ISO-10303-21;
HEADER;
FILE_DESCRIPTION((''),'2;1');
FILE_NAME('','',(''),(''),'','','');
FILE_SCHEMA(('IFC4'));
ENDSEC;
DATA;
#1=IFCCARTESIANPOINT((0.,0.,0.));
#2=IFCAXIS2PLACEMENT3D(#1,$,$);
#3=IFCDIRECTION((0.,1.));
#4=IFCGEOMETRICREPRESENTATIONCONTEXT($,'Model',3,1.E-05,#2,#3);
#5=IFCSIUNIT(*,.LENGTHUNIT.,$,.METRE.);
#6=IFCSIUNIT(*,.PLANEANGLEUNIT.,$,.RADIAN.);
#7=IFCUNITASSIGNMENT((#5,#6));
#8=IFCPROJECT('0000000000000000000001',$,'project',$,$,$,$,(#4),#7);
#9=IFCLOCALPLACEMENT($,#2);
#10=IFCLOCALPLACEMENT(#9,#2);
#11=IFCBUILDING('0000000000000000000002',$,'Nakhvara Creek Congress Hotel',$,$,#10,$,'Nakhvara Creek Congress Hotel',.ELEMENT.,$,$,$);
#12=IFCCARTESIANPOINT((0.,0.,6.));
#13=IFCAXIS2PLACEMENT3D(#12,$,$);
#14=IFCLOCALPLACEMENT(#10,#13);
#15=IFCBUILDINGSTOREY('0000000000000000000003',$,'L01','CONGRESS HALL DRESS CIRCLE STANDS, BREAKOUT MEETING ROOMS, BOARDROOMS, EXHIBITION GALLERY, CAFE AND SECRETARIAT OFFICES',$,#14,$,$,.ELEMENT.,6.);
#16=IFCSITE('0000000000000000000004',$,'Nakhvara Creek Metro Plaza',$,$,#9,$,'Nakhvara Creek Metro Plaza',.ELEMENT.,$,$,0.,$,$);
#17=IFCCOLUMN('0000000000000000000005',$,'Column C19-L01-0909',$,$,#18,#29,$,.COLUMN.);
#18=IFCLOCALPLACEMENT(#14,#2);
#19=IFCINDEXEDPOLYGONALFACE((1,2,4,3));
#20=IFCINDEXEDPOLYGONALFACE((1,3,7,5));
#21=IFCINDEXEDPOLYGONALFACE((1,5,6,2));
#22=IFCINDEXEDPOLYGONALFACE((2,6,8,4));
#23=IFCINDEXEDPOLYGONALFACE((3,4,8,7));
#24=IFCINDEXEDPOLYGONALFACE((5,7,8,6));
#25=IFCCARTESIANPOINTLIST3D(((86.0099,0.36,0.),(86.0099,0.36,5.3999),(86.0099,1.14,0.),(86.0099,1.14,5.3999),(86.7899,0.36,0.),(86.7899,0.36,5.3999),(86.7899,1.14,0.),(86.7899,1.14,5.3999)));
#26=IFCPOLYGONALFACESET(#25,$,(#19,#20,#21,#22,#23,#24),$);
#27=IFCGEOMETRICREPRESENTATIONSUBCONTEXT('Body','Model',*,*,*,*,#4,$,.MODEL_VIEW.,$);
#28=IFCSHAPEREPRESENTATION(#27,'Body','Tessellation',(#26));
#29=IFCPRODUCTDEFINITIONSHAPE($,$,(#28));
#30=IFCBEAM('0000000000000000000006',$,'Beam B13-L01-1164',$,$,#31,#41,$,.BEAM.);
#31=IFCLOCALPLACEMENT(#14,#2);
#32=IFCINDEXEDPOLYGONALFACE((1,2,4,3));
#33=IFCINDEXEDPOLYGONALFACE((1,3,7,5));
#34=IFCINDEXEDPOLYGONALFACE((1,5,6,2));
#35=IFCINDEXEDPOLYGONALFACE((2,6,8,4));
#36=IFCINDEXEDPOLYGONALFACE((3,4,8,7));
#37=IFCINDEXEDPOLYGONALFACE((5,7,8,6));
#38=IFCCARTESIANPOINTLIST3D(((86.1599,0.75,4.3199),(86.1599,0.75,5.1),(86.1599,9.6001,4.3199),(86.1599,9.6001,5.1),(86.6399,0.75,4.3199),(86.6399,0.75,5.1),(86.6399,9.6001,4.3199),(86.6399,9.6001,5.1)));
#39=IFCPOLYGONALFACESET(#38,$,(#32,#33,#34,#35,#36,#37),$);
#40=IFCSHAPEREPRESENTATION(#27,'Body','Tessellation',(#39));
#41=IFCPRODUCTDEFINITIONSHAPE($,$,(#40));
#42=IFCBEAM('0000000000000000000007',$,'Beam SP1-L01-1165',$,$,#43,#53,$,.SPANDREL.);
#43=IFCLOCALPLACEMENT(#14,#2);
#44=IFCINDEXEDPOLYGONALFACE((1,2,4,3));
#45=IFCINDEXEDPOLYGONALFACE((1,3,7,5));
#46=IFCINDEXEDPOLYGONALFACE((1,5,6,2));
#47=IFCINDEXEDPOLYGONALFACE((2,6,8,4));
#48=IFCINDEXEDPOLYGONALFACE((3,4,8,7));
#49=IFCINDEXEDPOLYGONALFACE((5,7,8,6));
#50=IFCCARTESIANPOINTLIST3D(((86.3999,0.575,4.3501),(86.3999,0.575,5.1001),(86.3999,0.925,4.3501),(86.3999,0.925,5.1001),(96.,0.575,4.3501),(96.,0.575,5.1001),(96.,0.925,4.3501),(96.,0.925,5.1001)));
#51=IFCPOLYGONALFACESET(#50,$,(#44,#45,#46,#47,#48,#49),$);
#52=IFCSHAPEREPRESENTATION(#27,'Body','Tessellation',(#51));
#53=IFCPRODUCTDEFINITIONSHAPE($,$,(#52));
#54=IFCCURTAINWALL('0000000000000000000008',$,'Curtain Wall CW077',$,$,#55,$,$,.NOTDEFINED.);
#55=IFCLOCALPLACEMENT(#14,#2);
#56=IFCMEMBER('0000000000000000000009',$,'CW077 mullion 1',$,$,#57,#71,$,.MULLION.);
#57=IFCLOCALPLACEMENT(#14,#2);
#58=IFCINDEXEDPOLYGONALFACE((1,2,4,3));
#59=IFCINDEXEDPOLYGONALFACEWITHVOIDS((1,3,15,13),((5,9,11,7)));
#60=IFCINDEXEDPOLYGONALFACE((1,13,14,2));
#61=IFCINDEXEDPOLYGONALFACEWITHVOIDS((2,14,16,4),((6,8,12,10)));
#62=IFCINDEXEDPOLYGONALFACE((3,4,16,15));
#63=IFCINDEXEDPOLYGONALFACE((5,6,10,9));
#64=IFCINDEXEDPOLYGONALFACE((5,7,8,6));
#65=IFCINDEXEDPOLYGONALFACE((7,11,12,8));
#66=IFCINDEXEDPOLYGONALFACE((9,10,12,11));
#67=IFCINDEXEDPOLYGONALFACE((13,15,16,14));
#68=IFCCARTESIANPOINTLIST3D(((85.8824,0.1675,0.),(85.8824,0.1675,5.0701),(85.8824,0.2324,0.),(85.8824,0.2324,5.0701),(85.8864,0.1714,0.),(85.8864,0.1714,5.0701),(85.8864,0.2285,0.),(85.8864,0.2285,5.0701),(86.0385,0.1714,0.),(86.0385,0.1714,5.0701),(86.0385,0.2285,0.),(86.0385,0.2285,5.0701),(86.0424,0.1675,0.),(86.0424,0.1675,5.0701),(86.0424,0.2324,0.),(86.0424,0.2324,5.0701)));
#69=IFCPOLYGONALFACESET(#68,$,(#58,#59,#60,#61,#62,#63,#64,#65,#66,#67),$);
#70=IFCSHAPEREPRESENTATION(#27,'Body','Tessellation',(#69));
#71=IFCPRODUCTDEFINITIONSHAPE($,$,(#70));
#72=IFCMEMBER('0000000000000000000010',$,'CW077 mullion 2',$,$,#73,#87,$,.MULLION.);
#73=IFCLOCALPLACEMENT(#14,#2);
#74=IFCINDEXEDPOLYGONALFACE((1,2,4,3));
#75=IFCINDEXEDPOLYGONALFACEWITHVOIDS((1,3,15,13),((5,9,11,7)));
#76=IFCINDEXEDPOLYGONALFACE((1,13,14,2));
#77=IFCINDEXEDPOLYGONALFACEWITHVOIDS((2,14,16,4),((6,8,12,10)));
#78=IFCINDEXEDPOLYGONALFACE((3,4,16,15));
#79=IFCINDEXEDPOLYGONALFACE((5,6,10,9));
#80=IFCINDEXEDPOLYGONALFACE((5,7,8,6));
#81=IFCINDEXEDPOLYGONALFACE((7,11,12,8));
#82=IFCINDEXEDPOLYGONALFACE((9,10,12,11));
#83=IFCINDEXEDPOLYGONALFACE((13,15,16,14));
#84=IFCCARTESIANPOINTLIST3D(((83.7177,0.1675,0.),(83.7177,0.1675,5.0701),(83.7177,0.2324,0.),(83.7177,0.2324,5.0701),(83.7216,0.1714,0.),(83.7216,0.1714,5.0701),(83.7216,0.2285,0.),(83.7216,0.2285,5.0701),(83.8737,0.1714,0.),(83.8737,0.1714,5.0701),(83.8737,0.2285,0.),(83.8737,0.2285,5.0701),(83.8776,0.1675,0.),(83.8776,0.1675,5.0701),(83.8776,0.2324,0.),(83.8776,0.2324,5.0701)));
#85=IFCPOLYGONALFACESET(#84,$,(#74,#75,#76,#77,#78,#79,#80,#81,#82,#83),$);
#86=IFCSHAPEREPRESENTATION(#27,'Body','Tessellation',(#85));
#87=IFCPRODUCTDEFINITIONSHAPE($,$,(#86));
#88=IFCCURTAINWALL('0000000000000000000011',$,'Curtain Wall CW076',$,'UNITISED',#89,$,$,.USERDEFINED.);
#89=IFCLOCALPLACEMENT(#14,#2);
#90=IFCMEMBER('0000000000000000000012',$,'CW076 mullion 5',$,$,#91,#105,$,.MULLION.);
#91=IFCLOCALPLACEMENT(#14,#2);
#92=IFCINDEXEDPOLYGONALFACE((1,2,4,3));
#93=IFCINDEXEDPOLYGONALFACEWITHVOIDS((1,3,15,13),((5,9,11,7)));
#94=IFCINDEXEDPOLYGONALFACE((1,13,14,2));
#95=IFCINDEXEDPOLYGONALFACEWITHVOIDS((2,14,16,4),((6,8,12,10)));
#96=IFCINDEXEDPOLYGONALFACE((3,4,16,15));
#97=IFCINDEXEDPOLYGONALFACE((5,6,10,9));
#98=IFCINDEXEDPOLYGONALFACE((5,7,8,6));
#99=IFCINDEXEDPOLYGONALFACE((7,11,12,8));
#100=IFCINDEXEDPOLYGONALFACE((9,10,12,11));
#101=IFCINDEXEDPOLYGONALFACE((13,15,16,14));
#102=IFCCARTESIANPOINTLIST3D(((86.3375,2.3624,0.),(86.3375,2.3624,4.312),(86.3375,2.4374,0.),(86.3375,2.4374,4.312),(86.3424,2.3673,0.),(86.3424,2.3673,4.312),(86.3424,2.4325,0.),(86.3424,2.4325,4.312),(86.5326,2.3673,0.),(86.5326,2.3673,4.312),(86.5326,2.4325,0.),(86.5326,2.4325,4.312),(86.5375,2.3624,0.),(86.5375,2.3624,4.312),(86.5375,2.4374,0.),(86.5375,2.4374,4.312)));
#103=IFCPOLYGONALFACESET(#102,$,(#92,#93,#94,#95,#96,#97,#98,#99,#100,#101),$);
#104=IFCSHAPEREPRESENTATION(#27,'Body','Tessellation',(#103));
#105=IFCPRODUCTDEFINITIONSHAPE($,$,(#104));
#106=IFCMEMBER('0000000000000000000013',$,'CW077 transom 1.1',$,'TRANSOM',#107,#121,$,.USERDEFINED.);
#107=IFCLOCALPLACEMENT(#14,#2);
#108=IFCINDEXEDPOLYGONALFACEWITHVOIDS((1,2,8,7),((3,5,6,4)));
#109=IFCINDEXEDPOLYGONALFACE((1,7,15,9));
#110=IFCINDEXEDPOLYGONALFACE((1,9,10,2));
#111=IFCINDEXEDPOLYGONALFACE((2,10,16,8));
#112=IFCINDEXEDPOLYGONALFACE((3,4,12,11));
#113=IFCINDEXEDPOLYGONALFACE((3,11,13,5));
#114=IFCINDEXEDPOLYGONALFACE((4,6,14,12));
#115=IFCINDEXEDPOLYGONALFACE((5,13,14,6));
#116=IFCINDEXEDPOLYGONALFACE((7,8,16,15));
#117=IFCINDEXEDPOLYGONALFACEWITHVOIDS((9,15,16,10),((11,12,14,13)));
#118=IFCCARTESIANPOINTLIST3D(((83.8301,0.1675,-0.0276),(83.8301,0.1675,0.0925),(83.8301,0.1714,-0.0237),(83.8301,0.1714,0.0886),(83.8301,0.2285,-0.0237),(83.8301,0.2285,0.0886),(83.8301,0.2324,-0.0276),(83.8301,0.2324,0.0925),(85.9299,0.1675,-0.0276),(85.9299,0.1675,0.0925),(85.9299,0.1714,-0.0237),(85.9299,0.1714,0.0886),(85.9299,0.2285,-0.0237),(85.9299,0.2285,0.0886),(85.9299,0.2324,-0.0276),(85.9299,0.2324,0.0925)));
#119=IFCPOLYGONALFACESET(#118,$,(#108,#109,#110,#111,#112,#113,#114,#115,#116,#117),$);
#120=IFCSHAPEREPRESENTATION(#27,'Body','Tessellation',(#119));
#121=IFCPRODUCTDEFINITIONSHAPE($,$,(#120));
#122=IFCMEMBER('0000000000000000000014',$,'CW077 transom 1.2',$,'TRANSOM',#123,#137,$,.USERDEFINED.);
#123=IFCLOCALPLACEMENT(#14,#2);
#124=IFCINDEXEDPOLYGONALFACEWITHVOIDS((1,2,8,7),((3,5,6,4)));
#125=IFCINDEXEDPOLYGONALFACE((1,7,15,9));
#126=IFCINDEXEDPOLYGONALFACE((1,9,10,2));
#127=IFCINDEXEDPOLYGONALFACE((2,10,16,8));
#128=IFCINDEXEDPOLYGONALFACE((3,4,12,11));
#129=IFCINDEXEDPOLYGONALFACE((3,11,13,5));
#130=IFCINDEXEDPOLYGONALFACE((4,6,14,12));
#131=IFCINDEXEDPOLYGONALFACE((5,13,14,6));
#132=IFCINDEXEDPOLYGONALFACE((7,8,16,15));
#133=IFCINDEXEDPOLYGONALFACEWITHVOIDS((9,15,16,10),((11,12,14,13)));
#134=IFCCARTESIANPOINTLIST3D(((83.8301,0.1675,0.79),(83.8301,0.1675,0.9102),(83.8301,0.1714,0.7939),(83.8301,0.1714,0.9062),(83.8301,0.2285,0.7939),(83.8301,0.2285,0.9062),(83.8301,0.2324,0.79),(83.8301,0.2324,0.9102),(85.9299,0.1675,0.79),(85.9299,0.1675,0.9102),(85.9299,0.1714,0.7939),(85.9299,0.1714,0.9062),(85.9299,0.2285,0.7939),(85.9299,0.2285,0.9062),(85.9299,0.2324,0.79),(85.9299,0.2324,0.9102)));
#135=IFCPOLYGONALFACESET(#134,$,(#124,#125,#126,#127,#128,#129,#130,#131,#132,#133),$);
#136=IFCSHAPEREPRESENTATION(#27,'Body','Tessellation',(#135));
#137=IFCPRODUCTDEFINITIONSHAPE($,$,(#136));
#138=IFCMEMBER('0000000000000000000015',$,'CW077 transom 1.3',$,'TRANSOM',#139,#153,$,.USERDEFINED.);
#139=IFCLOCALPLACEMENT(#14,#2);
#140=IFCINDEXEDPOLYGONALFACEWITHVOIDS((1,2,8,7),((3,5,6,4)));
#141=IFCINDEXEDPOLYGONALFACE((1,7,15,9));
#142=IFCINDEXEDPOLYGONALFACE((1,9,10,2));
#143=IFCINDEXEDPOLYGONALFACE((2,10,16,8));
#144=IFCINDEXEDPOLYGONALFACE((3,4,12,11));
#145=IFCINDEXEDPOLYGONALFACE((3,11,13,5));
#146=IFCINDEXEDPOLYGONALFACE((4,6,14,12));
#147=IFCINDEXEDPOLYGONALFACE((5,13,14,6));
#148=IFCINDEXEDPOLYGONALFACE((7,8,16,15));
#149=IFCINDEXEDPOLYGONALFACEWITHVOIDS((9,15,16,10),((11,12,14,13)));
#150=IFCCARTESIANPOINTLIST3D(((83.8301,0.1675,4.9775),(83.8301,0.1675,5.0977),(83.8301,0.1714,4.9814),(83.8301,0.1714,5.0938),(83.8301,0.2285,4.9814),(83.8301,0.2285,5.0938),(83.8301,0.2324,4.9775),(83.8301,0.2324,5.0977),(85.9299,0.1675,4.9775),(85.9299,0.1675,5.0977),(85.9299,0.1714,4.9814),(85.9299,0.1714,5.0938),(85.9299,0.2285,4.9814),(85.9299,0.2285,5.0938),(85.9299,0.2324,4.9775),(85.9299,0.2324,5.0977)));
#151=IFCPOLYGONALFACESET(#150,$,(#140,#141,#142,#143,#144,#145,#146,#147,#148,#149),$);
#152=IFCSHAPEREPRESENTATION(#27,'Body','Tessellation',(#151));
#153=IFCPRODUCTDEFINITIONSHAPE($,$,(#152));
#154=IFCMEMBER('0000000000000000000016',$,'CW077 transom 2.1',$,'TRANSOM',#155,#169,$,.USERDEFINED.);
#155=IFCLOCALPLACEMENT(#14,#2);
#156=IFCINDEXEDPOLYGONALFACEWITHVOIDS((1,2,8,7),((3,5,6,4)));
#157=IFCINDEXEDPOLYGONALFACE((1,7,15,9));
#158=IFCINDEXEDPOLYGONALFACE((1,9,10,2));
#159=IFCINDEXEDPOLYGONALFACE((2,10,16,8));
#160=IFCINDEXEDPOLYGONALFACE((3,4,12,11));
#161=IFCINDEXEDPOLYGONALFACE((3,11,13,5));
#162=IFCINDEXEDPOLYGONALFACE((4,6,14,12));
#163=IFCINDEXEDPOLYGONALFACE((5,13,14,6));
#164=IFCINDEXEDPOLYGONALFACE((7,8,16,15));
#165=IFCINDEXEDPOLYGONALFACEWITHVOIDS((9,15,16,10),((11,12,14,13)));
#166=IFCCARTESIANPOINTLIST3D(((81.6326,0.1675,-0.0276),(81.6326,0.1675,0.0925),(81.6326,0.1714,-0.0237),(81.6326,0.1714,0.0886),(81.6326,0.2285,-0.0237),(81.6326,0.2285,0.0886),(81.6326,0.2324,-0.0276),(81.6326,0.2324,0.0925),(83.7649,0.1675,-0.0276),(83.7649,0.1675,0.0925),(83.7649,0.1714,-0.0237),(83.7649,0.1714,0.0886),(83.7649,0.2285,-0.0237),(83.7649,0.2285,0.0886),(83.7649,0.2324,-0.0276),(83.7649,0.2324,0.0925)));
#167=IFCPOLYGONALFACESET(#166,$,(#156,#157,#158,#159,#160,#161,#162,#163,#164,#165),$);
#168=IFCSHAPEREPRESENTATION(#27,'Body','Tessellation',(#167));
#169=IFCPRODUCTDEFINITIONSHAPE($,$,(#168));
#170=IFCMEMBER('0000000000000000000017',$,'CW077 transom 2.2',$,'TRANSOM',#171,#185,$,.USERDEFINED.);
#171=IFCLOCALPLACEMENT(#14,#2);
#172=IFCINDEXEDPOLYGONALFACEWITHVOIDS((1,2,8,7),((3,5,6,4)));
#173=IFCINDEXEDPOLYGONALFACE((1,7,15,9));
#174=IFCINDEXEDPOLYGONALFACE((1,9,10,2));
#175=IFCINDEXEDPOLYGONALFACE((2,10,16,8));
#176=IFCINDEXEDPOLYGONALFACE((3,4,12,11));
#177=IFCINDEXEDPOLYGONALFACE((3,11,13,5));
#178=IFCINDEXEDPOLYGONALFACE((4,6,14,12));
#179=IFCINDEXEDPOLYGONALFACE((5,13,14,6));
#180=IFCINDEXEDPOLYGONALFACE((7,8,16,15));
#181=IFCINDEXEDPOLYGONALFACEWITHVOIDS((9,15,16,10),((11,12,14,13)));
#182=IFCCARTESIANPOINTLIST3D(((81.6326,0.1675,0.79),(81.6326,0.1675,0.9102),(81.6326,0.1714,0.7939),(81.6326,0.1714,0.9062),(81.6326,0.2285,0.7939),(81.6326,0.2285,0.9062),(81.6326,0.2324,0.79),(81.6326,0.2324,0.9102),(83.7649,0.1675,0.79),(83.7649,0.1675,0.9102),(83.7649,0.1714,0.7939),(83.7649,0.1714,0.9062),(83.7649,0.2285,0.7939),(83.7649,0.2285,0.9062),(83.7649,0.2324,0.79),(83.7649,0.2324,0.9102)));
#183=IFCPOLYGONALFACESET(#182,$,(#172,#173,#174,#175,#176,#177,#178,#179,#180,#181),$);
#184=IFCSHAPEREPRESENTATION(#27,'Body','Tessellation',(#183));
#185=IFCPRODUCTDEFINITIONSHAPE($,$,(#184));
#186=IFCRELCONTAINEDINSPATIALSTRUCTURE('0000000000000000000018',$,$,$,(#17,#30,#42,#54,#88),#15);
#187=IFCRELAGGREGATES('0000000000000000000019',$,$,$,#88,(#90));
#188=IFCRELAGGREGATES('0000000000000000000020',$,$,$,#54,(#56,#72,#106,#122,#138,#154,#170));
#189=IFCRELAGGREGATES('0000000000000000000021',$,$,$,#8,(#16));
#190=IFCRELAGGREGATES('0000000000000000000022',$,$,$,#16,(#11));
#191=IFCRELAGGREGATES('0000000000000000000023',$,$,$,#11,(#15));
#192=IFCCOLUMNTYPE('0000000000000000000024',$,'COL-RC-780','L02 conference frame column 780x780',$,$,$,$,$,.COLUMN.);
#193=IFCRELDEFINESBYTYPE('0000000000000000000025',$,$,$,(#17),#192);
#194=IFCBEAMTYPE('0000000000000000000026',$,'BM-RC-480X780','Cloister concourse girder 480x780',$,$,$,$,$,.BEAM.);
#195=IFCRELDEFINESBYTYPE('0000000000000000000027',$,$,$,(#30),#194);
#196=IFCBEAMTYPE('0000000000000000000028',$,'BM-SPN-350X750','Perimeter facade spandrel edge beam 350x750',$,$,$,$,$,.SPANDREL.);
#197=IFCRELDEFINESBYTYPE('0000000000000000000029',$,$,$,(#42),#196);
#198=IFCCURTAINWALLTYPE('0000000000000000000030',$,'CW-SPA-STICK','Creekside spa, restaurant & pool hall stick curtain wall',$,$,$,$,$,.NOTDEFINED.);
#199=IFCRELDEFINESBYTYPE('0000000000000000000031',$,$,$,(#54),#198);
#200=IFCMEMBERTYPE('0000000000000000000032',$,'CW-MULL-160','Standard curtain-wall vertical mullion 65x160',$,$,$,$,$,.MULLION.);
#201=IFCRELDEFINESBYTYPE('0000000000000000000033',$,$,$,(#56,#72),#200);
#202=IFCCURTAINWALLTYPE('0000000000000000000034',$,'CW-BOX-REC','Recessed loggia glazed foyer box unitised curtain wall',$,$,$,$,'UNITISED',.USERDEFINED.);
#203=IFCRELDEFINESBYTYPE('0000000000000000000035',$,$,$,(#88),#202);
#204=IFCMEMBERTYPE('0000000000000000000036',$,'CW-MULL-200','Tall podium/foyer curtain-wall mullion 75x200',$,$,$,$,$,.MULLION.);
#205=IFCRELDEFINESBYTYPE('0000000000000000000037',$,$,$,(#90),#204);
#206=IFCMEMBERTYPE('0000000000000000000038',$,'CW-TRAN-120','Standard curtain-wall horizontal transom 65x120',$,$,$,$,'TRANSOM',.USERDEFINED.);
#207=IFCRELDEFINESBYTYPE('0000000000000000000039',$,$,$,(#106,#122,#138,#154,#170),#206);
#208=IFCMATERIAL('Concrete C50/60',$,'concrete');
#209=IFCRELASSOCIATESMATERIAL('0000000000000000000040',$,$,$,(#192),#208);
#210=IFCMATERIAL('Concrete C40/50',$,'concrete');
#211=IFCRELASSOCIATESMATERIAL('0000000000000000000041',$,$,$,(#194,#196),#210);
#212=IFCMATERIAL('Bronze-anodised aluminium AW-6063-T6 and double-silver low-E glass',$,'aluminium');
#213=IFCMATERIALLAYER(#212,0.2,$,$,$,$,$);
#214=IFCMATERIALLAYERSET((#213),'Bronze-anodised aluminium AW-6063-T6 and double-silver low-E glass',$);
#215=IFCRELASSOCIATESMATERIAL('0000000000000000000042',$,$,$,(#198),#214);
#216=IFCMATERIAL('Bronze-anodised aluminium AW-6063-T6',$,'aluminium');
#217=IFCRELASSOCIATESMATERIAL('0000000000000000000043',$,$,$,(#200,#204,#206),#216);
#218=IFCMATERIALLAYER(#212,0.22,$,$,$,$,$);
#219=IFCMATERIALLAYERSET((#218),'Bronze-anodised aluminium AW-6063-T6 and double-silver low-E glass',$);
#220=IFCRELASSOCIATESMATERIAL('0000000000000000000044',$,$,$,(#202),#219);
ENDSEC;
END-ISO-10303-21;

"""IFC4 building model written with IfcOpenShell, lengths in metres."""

from ifc_helpers import new_model, si_unit, direction, frame, origin, origin_2d, place, context, subcontext, project, spatial, rectangle, hollow_rectangle, extrude, material, layer, layer_set, material_profile, profile_set, type_object, element, aggregate, save


model = new_model("IFC4")

# Units and contexts
model_context = context("Model", 3, precision=1e-05, world=origin(), true_north=direction((0.0, 1.0)))
body_context = subcontext(model_context, "Body", "Model", "MODEL_VIEW")
ifc_project = project(units=[si_unit("LENGTHUNIT", "METRE"), si_unit("PLANEANGLEUNIT", "RADIAN")], contexts=[model_context])

# Site, building, storey
site_placement = place(None, origin())
site = spatial("IfcSite", under=ifc_project, at=site_placement, Name="Nakhvara Creek Metro Plaza", LongName="Nakhvara Creek Metro Plaza", CompositionType="ELEMENT", RefElevation=0.0)
building_placement = place(site_placement, origin())
building = spatial("IfcBuilding", under=site, at=building_placement, Name="Nakhvara Creek Congress Hotel", LongName="Nakhvara Creek Congress Hotel", CompositionType="ELEMENT")
storey_placement = place(building_placement, frame((0.0, 0.0, 6.0)))
storey = spatial("IfcBuildingStorey", under=building, at=storey_placement, Name="L01", Description="CONGRESS HALL DRESS CIRCLE STANDS, BREAKOUT MEETING ROOMS, BOARDROOMS, EXHIBITION GALLERY, CAFE AND SECRETARIAT OFFICES", CompositionType="ELEMENT", Elevation=6.0)

# Column
ifc_material_1 = material(Name="Concrete C50/60", Category="concrete")
ifc_material_profile_1 = material_profile(ifc_material_1, rectangle(XDim=0.78, YDim=0.78, at=origin_2d()), Name="RC-COL 780x780", Category="LoadBearing")
ifc_profile_set_1 = profile_set([ifc_material_profile_1], Name="Concrete C50/60")
column_type = type_object("IfcColumnType", Name="COL-RC-780", Description="L02 conference frame column 780x780", PredefinedType="COLUMN", material=ifc_profile_set_1)
column_placement = place(storey_placement, frame((86.3999, 0.75, 0.0), z_axis=(0.0, 0.0, 1.0), x_axis=(1.0, 0.0, 0.0)))
element("IfcColumn", 1, at=column_placement, inside=storey, type_object=column_type, Name="Column C19-L01-0909", PredefinedType="COLUMN", context=body_context, shape_type="SweptSolid", body=[
    extrude(rectangle(XDim=0.78, YDim=0.78, at=origin_2d()), origin(), (0.0, 0.0, 1.0), 5.3999),
])

# Beams
ifc_material_2 = material(Name="Concrete C40/50", Category="concrete")
ifc_material_profile_2 = material_profile(ifc_material_2, rectangle(XDim=0.48, YDim=0.78, at=origin_2d()), Name="RC-BM 480x780", Category="LoadBearing")
ifc_profile_set_2 = profile_set([ifc_material_profile_2], Name="Concrete C40/50")
beam_type_1 = type_object("IfcBeamType", Name="BM-RC-480X780", Description="Cloister concourse girder 480x780", PredefinedType="BEAM", material=ifc_profile_set_2)
beam_1_placement = place(storey_placement, frame((86.3999, 0.75, 4.71), z_axis=(0.0, 1.0, 0.0), x_axis=(-1.0, 0.0, 0.0)))
element("IfcBeam", 2, at=beam_1_placement, inside=storey, type_object=beam_type_1, Name="Beam B13-L01-1164", PredefinedType="BEAM", context=body_context, shape_type="SweptSolid", body=[
    extrude(rectangle(XDim=0.48, YDim=0.78, at=origin_2d()), origin(), (0.0, 0.0, 1.0), 8.8501),
])
ifc_material_profile_3 = material_profile(ifc_material_2, rectangle(XDim=0.3501, YDim=0.75, at=origin_2d()), Name="RC-SPANDREL 350x750", Category="LoadBearing")
ifc_profile_set_3 = profile_set([ifc_material_profile_3], Name="Concrete C40/50")
beam_type_2 = type_object("IfcBeamType", Name="BM-SPN-350X750", Description="Perimeter facade spandrel edge beam 350x750", PredefinedType="SPANDREL", material=ifc_profile_set_3)
beam_2_placement = place(storey_placement, frame((86.3999, 0.75, 4.7251), z_axis=(1.0, 0.0, 0.0), x_axis=(0.0, 1.0, 0.0)))
element("IfcBeam", 3, at=beam_2_placement, inside=storey, type_object=beam_type_2, Name="Beam SP1-L01-1165", PredefinedType="SPANDREL", context=body_context, shape_type="SweptSolid", body=[
    extrude(rectangle(XDim=0.3501, YDim=0.75, at=origin_2d()), origin(), (0.0, 0.0, 1.0), 9.6001),
])

# Curtain wall, members
ifc_material_3 = material(Name="Bronze-anodised aluminium AW-6063-T6 and double-silver low-E glass", Category="aluminium")
ifc_layer_1 = layer(ifc_material_3, 0.2)
ifc_layer_set_1 = layer_set([ifc_layer_1], Name="Bronze-anodised aluminium AW-6063-T6 and double-silver low-E glass")
curtain_wall_type_1 = type_object("IfcCurtainWallType", Name="CW-SPA-STICK", Description="Creekside spa, restaurant & pool hall stick curtain wall", PredefinedType="NOTDEFINED", material=ifc_layer_set_1)
curtain_wall_1_placement = place(storey_placement, origin())
curtain_wall_1 = element("IfcCurtainWall", 4, at=curtain_wall_1_placement, inside=storey, type_object=curtain_wall_type_1, Name="Curtain Wall CW077", PredefinedType="NOTDEFINED")
ifc_material_4 = material(Name="Bronze-anodised aluminium AW-6063-T6", Category="aluminium")
ifc_material_profile_4 = material_profile(ifc_material_4, hollow_rectangle(XDim=0.0649, YDim=0.1599, WallThickness=0.0039, at=origin_2d()), Name="ALU-MULL 65x160x4", Category="LoadBearing")
ifc_profile_set_4 = profile_set([ifc_material_profile_4], Name="Bronze-anodised aluminium AW-6063-T6")
member_type_1 = type_object("IfcMemberType", Name="CW-MULL-160", Description="Standard curtain-wall vertical mullion 65x160", PredefinedType="MULLION", material=ifc_profile_set_4)
member_1_placement = place(storey_placement, frame((85.9624, 0.2, 0.0), z_axis=(0.0, 0.0, 1.0), x_axis=(0.0, -1.0, 0.0)))
member_1 = element("IfcMember", 5, at=member_1_placement, type_object=member_type_1, Name="CW077 mullion 1", PredefinedType="MULLION", context=body_context, shape_type="SweptSolid", body=[
    extrude(hollow_rectangle(XDim=0.0649, YDim=0.1599, WallThickness=0.0039, at=origin_2d()), origin(), (0.0, 0.0, 1.0), 5.0701),
])
member_2_placement = place(storey_placement, frame((83.7976, 0.2, 0.0), z_axis=(0.0, 0.0, 1.0), x_axis=(0.0, -1.0, 0.0)))
member_2 = element("IfcMember", 6, at=member_2_placement, type_object=member_type_1, Name="CW077 mullion 2", PredefinedType="MULLION", context=body_context, shape_type="SweptSolid", body=[
    extrude(hollow_rectangle(XDim=0.0649, YDim=0.1599, WallThickness=0.0039, at=origin_2d()), origin(), (0.0, 0.0, 1.0), 5.0701),
])

# Curtain wall, member
ifc_layer_2 = layer(ifc_material_3, 0.22)
ifc_layer_set_2 = layer_set([ifc_layer_2], Name="Bronze-anodised aluminium AW-6063-T6 and double-silver low-E glass")
curtain_wall_type_2 = type_object("IfcCurtainWallType", Name="CW-BOX-REC", Description="Recessed loggia glazed foyer box unitised curtain wall", ElementType="UNITISED", PredefinedType="USERDEFINED", material=ifc_layer_set_2)
curtain_wall_2_placement = place(storey_placement, origin())
curtain_wall_2 = element("IfcCurtainWall", 7, at=curtain_wall_2_placement, inside=storey, type_object=curtain_wall_type_2, Name="Curtain Wall CW076", ObjectType="UNITISED", PredefinedType="USERDEFINED")
ifc_material_profile_5 = material_profile(ifc_material_4, hollow_rectangle(XDim=0.075, YDim=0.2, WallThickness=0.0049, at=origin_2d()), Name="ALU-MULL 75x200x5", Category="LoadBearing")
ifc_profile_set_5 = profile_set([ifc_material_profile_5], Name="Bronze-anodised aluminium AW-6063-T6")
member_type_2 = type_object("IfcMemberType", Name="CW-MULL-200", Description="Tall podium/foyer curtain-wall mullion 75x200", PredefinedType="MULLION", material=ifc_profile_set_5)
member_3_placement = place(storey_placement, frame((86.4375, 2.3999, 0.0), z_axis=(0.0, 0.0, 1.0), x_axis=(0.0, -1.0, 0.0)))
member_3 = element("IfcMember", 8, at=member_3_placement, type_object=member_type_2, Name="CW076 mullion 5", PredefinedType="MULLION", context=body_context, shape_type="SweptSolid", body=[
    extrude(hollow_rectangle(XDim=0.075, YDim=0.2, WallThickness=0.0049, at=origin_2d()), origin(), (0.0, 0.0, 1.0), 4.312),
])
aggregate(curtain_wall_2, [member_3])

# Members
ifc_material_profile_6 = material_profile(ifc_material_4, hollow_rectangle(XDim=0.0649, YDim=0.1201, WallThickness=0.0039, at=origin_2d()), Name="ALU-TRAN 65x120x4", Category="LoadBearing")
ifc_profile_set_6 = profile_set([ifc_material_profile_6], Name="Bronze-anodised aluminium AW-6063-T6")
member_type_3 = type_object("IfcMemberType", Name="CW-TRAN-120", Description="Standard curtain-wall horizontal transom 65x120", ElementType="TRANSOM", PredefinedType="USERDEFINED", material=ifc_profile_set_6)
member_4_placement = place(storey_placement, frame((85.9299, 0.2, 0.0325), z_axis=(-1.0, 0.0, 0.0), x_axis=(0.0, -1.0, 0.0)))
member_4 = element("IfcMember", 9, at=member_4_placement, type_object=member_type_3, Name="CW077 transom 1.1", ObjectType="TRANSOM", PredefinedType="USERDEFINED", context=body_context, shape_type="SweptSolid", body=[
    extrude(hollow_rectangle(XDim=0.0649, YDim=0.1201, WallThickness=0.0039, at=origin_2d()), origin(), (0.0, 0.0, 1.0), 2.0999),
])
member_5_placement = place(storey_placement, frame((85.9299, 0.2, 0.8501), z_axis=(-1.0, 0.0, 0.0), x_axis=(0.0, -1.0, 0.0)))
member_5 = element("IfcMember", 10, at=member_5_placement, type_object=member_type_3, Name="CW077 transom 1.2", ObjectType="TRANSOM", PredefinedType="USERDEFINED", context=body_context, shape_type="SweptSolid", body=[
    extrude(hollow_rectangle(XDim=0.0649, YDim=0.1201, WallThickness=0.0039, at=origin_2d()), origin(), (0.0, 0.0, 1.0), 2.0999),
])
member_6_placement = place(storey_placement, frame((85.9299, 0.2, 5.0376), z_axis=(-1.0, 0.0, 0.0), x_axis=(0.0, -1.0, 0.0)))
member_6 = element("IfcMember", 11, at=member_6_placement, type_object=member_type_3, Name="CW077 transom 1.3", ObjectType="TRANSOM", PredefinedType="USERDEFINED", context=body_context, shape_type="SweptSolid", body=[
    extrude(hollow_rectangle(XDim=0.0649, YDim=0.1201, WallThickness=0.0039, at=origin_2d()), origin(), (0.0, 0.0, 1.0), 2.0999),
])
member_7_placement = place(storey_placement, frame((83.7649, 0.2, 0.0325), z_axis=(-1.0, 0.0, 0.0), x_axis=(0.0, -1.0, 0.0)))
member_7 = element("IfcMember", 12, at=member_7_placement, type_object=member_type_3, Name="CW077 transom 2.1", ObjectType="TRANSOM", PredefinedType="USERDEFINED", context=body_context, shape_type="SweptSolid", body=[
    extrude(hollow_rectangle(XDim=0.0649, YDim=0.1201, WallThickness=0.0039, at=origin_2d()), origin(), (0.0, 0.0, 1.0), 2.1323),
])
member_8_placement = place(storey_placement, frame((83.7649, 0.2, 0.8501), z_axis=(-1.0, 0.0, 0.0), x_axis=(0.0, -1.0, 0.0)))
member_8 = element("IfcMember", 13, at=member_8_placement, type_object=member_type_3, Name="CW077 transom 2.2", ObjectType="TRANSOM", PredefinedType="USERDEFINED", context=body_context, shape_type="SweptSolid", body=[
    extrude(hollow_rectangle(XDim=0.0649, YDim=0.1201, WallThickness=0.0039, at=origin_2d()), origin(), (0.0, 0.0, 1.0), 2.1323),
])

aggregate(curtain_wall_1, [member_1, member_2, member_4, member_5, member_6, member_7, member_8])

save(model, "model.ifc")
